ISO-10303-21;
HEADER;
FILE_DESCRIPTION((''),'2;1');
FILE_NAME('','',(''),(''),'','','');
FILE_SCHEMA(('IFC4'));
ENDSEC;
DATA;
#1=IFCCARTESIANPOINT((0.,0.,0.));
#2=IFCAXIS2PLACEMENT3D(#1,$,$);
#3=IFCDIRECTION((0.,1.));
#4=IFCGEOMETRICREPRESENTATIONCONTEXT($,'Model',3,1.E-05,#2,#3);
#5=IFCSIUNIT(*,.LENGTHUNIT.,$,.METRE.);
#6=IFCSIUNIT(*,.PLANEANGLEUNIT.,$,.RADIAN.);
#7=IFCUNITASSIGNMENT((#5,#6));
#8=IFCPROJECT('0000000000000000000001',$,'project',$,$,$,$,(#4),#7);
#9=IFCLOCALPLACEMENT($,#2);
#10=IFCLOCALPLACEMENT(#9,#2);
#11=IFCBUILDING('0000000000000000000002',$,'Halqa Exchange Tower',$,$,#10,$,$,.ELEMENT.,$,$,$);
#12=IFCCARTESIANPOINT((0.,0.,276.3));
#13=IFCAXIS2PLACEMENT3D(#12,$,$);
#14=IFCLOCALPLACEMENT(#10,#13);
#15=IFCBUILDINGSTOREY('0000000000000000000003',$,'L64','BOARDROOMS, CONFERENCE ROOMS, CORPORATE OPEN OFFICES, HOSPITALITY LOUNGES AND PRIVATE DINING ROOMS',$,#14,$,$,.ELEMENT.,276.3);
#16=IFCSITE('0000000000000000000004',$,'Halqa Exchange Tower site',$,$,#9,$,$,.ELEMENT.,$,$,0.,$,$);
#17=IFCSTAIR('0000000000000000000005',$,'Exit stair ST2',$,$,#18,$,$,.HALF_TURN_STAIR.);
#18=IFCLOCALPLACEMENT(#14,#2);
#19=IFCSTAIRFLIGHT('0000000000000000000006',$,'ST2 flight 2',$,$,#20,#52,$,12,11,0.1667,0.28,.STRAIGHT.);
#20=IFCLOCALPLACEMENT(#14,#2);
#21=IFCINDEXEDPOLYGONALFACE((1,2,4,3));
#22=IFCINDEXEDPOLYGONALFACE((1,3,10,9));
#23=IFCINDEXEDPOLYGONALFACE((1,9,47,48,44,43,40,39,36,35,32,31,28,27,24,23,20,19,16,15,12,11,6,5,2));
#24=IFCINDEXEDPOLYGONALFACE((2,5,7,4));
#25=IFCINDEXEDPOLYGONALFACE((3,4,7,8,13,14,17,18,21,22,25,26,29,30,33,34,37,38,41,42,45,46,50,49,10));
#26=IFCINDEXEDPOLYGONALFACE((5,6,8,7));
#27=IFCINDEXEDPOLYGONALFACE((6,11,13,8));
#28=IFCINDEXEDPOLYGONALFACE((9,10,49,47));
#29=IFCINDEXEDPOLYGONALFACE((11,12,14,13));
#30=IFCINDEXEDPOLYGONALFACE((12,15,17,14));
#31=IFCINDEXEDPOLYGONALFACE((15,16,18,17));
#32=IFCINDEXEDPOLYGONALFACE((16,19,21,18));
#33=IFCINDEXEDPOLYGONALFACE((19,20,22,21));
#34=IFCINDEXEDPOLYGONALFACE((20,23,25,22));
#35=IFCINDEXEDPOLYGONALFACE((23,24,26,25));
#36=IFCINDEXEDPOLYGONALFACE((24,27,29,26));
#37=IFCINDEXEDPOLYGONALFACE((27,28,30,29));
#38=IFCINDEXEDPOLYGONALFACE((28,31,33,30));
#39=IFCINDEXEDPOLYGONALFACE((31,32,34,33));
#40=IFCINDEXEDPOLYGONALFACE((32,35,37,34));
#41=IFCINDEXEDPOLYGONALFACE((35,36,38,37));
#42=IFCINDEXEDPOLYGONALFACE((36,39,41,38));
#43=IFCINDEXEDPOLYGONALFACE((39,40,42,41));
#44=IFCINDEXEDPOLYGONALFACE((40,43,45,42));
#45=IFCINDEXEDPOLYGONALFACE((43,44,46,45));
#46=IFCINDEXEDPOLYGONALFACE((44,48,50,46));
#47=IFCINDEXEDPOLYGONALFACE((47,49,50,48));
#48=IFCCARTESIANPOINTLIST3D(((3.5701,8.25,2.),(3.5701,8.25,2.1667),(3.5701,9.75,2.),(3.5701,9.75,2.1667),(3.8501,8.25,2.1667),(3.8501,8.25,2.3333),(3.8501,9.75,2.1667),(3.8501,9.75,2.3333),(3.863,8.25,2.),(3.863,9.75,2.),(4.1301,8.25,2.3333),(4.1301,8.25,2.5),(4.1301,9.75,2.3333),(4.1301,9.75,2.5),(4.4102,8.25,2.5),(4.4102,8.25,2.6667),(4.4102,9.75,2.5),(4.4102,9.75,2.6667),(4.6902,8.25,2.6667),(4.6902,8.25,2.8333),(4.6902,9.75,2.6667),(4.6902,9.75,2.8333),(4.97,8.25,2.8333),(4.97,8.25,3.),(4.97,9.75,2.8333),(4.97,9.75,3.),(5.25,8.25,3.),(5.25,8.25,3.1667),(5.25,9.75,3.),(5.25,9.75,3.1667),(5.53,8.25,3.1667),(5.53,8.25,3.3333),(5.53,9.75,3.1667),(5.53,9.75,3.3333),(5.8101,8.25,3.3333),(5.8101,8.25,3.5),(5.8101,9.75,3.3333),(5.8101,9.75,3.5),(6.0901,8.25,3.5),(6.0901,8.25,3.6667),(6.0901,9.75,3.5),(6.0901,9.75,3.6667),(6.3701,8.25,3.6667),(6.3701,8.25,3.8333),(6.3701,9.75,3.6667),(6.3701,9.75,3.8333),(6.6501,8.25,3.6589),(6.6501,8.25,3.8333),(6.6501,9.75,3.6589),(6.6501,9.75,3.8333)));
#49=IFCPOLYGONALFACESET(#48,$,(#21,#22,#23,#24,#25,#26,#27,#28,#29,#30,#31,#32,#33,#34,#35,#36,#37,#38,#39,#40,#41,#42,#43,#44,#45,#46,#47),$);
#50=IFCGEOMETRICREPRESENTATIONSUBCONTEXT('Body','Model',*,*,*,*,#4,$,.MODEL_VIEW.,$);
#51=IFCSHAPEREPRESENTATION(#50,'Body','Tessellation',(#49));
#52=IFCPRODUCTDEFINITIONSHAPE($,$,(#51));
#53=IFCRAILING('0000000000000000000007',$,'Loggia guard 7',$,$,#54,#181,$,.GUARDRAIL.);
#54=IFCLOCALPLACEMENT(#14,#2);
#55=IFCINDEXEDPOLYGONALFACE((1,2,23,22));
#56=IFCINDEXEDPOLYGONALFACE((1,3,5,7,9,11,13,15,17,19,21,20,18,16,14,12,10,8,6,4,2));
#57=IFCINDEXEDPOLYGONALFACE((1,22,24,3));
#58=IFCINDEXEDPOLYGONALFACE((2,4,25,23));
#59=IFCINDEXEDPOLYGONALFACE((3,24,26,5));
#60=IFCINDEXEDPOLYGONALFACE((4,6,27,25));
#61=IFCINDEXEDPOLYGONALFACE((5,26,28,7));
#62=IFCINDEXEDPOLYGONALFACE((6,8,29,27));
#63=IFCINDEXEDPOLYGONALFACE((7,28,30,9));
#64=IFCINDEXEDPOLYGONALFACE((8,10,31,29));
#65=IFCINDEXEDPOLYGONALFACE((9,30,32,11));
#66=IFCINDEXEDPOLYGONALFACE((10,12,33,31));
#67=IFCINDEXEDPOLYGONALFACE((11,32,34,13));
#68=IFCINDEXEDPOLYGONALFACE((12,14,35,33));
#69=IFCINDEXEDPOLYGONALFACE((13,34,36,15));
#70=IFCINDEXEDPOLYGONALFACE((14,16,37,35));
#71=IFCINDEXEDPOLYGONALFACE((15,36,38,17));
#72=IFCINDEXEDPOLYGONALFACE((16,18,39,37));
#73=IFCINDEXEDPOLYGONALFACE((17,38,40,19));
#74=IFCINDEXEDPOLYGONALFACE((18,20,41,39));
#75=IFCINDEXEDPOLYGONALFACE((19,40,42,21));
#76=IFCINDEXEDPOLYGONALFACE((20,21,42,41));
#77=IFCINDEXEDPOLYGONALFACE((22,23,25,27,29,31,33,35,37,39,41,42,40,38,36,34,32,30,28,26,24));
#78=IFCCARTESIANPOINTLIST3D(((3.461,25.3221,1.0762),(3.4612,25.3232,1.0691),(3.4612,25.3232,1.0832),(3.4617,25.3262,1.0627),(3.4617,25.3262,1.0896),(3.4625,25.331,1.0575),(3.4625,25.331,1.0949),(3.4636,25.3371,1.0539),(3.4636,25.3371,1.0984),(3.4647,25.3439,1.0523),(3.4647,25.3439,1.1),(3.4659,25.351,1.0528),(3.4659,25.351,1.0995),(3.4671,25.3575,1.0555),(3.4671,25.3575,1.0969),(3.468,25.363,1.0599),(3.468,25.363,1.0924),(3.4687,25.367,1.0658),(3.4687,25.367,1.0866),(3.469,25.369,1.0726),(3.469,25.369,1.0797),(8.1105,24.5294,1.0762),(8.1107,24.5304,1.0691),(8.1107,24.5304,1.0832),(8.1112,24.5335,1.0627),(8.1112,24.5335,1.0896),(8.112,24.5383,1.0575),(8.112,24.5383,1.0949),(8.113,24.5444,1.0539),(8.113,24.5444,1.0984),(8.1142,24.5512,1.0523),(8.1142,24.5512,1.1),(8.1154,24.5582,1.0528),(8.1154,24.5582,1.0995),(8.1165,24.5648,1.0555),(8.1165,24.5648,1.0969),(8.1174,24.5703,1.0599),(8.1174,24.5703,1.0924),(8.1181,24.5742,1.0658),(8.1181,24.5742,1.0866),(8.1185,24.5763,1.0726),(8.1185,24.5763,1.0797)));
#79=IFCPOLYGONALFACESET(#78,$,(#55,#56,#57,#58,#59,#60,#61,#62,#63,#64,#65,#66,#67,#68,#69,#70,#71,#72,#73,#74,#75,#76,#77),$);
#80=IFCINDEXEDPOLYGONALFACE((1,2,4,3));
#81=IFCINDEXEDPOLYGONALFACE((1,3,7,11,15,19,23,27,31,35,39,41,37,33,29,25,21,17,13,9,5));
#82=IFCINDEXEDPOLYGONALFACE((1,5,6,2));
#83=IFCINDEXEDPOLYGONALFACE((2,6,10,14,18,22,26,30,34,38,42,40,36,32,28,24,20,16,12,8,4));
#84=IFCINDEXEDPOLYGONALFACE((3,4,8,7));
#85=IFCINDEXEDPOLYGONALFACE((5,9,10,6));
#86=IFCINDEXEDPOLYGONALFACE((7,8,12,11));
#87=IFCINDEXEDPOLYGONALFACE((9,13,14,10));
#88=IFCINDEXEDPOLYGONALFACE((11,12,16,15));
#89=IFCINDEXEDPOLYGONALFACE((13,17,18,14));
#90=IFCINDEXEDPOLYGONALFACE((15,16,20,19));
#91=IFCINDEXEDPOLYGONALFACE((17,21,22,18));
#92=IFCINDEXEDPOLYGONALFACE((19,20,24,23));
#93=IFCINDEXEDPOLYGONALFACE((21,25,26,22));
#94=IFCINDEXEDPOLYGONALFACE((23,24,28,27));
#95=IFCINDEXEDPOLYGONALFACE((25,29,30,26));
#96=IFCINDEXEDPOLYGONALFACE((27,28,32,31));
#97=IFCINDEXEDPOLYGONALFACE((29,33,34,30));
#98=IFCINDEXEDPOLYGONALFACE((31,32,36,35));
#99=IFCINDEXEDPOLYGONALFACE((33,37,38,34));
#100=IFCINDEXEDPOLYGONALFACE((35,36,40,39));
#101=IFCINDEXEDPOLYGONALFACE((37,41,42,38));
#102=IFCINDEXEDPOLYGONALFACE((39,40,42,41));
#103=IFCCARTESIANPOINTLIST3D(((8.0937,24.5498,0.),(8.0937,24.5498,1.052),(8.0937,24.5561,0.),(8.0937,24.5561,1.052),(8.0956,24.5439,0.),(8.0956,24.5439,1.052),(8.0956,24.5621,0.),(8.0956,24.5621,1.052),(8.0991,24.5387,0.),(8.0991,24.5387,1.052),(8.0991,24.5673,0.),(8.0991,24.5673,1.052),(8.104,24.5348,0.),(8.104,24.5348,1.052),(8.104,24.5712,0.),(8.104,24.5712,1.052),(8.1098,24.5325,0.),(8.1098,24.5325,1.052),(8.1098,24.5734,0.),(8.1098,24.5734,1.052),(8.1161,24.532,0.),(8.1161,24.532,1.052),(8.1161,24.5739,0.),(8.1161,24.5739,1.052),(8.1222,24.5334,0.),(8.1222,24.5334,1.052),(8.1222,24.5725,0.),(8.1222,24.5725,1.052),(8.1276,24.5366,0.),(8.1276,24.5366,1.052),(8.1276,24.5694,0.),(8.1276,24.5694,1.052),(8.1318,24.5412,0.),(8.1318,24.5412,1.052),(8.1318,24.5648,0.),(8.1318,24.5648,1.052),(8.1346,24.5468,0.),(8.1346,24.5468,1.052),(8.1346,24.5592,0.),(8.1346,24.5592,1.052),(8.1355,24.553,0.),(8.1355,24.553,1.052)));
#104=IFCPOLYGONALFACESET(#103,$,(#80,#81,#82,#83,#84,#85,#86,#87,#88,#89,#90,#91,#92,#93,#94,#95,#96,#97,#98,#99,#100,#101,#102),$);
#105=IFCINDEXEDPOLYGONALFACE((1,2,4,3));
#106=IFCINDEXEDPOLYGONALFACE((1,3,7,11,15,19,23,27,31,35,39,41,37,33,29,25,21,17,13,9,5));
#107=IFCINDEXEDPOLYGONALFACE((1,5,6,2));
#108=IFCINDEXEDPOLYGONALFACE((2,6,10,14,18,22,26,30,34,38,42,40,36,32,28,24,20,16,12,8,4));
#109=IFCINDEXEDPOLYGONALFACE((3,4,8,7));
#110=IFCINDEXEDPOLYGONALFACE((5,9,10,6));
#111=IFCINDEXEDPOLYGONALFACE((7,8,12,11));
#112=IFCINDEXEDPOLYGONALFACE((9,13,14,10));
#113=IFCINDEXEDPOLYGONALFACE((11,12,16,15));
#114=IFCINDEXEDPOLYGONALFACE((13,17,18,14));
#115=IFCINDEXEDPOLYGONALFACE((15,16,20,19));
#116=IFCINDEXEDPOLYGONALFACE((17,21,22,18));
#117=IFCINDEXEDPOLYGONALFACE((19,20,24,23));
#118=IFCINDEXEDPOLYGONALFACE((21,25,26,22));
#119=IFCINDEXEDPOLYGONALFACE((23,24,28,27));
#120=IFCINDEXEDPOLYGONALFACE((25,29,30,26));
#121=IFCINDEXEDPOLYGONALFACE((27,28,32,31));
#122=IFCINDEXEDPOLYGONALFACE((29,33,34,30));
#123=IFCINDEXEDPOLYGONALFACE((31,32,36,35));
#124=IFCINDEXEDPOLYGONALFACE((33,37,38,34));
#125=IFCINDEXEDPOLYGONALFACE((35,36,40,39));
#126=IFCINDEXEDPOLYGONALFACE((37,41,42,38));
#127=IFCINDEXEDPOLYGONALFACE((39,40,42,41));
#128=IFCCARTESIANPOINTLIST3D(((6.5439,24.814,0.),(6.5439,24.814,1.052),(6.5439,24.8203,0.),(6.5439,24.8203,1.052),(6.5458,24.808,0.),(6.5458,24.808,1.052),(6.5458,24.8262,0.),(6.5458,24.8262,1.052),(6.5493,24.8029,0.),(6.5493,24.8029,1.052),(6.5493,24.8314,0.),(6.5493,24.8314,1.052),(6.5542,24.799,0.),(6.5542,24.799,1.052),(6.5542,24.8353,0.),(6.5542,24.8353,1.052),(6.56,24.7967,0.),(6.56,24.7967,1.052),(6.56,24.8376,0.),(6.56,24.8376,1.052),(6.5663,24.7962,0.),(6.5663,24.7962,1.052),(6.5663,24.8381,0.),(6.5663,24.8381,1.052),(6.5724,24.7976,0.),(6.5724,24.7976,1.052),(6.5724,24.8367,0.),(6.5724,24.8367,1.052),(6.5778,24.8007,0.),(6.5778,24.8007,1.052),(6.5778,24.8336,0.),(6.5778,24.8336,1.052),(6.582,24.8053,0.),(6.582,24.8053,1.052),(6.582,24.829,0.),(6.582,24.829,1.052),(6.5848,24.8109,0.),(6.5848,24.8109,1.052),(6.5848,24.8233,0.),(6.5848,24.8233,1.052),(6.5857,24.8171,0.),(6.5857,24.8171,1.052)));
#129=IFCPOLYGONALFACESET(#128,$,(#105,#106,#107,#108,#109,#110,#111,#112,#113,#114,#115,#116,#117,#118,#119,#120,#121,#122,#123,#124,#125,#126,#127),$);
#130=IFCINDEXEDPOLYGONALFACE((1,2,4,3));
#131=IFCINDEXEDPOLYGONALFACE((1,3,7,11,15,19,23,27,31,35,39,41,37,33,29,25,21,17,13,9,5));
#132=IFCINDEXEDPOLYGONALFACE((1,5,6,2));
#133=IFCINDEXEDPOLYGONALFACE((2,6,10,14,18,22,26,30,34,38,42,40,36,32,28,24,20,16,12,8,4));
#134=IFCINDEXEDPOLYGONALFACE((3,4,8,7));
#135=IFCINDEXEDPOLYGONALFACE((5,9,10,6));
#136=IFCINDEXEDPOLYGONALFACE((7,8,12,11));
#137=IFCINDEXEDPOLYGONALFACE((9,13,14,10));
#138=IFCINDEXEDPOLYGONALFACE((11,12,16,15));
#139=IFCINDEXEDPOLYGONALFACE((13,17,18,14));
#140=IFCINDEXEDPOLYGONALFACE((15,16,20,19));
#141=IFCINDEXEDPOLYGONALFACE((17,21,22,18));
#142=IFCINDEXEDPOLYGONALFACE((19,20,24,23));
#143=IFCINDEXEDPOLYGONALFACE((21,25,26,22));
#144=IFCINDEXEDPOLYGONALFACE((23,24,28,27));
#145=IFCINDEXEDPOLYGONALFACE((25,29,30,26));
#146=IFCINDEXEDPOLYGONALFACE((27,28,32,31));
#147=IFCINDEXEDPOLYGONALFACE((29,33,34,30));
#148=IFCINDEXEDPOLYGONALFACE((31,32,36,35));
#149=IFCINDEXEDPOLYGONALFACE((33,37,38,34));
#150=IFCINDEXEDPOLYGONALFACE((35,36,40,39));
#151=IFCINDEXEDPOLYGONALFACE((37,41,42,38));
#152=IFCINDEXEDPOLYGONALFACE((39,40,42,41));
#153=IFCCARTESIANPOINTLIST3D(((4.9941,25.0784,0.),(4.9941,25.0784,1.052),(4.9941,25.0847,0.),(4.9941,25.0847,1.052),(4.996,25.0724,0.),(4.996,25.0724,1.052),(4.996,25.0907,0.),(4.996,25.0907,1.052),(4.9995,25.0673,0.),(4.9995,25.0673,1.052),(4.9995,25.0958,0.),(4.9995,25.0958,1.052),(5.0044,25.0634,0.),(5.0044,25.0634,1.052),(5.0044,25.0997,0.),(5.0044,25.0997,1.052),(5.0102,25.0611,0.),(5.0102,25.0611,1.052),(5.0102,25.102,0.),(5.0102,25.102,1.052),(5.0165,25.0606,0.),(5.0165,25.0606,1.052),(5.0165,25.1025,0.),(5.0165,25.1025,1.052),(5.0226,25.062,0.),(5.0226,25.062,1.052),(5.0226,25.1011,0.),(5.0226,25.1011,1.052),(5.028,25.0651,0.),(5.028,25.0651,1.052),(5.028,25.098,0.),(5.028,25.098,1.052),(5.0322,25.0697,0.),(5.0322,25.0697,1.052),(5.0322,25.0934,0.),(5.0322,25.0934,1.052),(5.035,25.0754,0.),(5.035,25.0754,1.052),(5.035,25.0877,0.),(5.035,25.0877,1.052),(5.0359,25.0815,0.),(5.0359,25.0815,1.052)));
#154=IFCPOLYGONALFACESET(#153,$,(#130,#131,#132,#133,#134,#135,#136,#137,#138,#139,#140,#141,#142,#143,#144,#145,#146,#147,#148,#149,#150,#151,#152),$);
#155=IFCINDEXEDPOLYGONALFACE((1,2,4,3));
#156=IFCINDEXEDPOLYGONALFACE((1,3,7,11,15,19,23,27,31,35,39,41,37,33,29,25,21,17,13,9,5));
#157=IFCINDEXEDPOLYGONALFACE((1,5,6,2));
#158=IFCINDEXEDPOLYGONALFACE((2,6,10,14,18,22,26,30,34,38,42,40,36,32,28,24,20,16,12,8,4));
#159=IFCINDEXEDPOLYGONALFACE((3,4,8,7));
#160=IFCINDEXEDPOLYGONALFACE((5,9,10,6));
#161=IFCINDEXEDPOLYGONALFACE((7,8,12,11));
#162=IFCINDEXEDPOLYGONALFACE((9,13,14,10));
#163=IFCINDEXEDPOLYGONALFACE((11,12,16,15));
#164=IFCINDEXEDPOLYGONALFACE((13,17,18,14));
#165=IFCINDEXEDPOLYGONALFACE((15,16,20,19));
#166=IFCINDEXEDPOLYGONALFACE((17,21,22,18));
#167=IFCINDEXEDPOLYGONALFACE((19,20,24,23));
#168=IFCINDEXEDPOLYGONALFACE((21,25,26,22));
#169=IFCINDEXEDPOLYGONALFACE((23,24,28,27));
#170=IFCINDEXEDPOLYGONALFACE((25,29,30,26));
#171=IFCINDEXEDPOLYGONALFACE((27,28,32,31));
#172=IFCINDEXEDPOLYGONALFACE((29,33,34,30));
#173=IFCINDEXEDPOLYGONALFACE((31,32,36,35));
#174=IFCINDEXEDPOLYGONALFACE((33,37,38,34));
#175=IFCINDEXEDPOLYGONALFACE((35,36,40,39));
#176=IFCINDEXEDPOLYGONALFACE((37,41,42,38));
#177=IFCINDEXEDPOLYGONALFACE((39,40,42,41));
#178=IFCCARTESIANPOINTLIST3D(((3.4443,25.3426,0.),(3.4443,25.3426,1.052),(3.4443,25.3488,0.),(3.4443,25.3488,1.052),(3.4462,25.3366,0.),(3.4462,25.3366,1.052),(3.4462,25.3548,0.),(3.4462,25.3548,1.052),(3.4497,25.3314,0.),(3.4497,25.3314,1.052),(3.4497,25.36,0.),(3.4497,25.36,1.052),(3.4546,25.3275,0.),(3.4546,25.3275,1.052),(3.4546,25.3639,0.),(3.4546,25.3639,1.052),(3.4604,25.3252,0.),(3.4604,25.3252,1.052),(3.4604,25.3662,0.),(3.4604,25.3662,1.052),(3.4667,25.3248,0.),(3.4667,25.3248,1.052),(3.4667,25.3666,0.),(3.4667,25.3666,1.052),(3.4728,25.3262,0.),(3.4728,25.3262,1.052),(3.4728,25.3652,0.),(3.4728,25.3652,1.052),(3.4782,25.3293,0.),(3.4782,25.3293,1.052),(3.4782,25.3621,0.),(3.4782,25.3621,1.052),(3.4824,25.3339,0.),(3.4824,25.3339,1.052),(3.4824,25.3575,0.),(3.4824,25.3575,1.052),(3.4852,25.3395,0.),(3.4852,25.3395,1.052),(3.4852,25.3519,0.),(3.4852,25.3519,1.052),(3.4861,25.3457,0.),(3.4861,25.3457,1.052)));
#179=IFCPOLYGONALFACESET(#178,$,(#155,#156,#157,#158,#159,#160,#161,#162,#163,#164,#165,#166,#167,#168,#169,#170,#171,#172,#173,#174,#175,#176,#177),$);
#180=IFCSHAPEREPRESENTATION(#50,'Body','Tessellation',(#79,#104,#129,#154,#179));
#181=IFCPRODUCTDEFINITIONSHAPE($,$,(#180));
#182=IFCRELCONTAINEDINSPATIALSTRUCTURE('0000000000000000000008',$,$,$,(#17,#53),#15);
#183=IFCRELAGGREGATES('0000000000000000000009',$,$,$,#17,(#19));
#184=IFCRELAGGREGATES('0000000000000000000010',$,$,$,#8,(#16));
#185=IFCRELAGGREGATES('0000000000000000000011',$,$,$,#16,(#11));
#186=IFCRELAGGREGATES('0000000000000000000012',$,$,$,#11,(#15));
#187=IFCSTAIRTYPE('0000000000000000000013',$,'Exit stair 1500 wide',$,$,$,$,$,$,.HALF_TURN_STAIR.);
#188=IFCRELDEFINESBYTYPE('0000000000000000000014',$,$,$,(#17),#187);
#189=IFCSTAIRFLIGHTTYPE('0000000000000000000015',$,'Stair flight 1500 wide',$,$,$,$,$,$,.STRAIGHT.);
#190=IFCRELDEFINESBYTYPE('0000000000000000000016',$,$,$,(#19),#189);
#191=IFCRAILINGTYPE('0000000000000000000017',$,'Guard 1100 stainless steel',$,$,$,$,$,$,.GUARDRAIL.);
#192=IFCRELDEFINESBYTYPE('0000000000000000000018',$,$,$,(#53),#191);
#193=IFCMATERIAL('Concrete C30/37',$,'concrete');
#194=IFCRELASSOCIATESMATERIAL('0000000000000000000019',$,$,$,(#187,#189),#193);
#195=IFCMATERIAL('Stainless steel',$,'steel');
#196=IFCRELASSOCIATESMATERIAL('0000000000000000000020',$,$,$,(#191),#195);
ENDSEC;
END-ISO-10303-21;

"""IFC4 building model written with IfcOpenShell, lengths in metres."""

from ifc_helpers import new_model, si_unit, direction, frame, origin, origin_2d, place, context, subcontext, project, spatial, polyline, circle, outline, extrude, material, type_object, element, aggregate, save


model = new_model("IFC4")

# Units and contexts
model_context = context("Model", 3, precision=1e-05, world=origin(), true_north=direction((0.0, 1.0)))
body_context = subcontext(model_context, "Body", "Model", "MODEL_VIEW")
ifc_project = project(units=[si_unit("LENGTHUNIT", "METRE"), si_unit("PLANEANGLEUNIT", "RADIAN")], contexts=[model_context])

# Site, building, storey
site_placement = place(None, origin())
site = spatial("IfcSite", under=ifc_project, at=site_placement, Name="Halqa Exchange Tower site", CompositionType="ELEMENT", RefElevation=0.0)
building_placement = place(site_placement, origin())
building = spatial("IfcBuilding", under=site, at=building_placement, Name="Halqa Exchange Tower", CompositionType="ELEMENT")
storey_placement = place(building_placement, frame((0.0, 0.0, 276.3)))
storey = spatial("IfcBuildingStorey", under=building, at=storey_placement, Name="L64", Description="BOARDROOMS, CONFERENCE ROOMS, CORPORATE OPEN OFFICES, HOSPITALITY LOUNGES AND PRIVATE DINING ROOMS", CompositionType="ELEMENT", Elevation=276.3)

# Stair
ifc_material_1 = material(Name="Concrete C30/37", Category="concrete")
stair_type = type_object("IfcStairType", Name="Exit stair 1500 wide", PredefinedType="HALF_TURN_STAIR", material=ifc_material_1)
stair_1_placement = place(storey_placement, origin())
stair_1 = element("IfcStair", 1, at=stair_1_placement, inside=storey, type_object=stair_type, Name="Exit stair ST2", PredefinedType="HALF_TURN_STAIR")

# Stair flight
stair_flight_type = type_object("IfcStairFlightType", Name="Stair flight 1500 wide", PredefinedType="STRAIGHT", material=ifc_material_1)
stair_flight_1_placement = place(storey_placement, frame((3.5701, 9.0, 2.0), z_axis=(0.0, 0.0, 1.0), x_axis=(1.0, 0.0, 0.0)))
stair_flight_1 = element("IfcStairFlight", 2, at=stair_flight_1_placement, type_object=stair_flight_type, Name="ST2 flight 2", NumberOfRisers=12, NumberOfTreads=11, PredefinedType="STRAIGHT", RiserHeight=0.1667, TreadLength=0.28, context=body_context, shape_type="SweptSolid", body=[
    extrude(outline(polyline([(0.0, 0.0), (0.0, 0.1667), (0.28, 0.1667), (0.28, 0.3333), (0.5601, 0.3333), (0.5601, 0.5), (0.8401, 0.5), (0.8401, 0.6667), (1.1201, 0.6667), (1.1201, 0.8333), (1.3999, 0.8333), (1.3999, 1.0), (1.6799, 1.0), (1.6799, 1.1667), (1.96, 1.1667), (1.96, 1.3333), (2.24, 1.3333), (2.24, 1.5), (2.52, 1.5), (2.52, 1.6667), (2.8, 1.6667), (2.8, 1.8333), (3.0801, 1.8333), (3.0801, 2.0), (3.0801, 1.6589), (0.293, 0.0), (0.0, 0.0)])), frame((0.0, 0.75, 0.0), z_axis=(0.0, -1.0, 0.0), x_axis=(1.0, 0.0, 0.0)), (0.0, 0.0, 1.0), 1.5),
])
aggregate(stair_1, [stair_flight_1])

# Railing
ifc_material_2 = material(Name="Stainless steel", Category="steel")
railing_type_1 = type_object("IfcRailingType", Name="Guard 1100 stainless steel", PredefinedType="GUARDRAIL", material=ifc_material_2)
railing_1_placement = place(storey_placement, frame((8.1145, 24.553, 0.0)))
element("IfcRailing", 3, at=railing_1_placement, inside=storey, type_object=railing_type_1, Name="Loggia guard 7", PredefinedType="GUARDRAIL", context=body_context, shape_type="SweptSolid", body=[
    extrude(circle(Radius=0.0239, at=origin_2d()), frame((0.0, 0.0, 1.0762), z_axis=(-0.985774, 0.168074, 0.0), x_axis=(-0.168074, -0.985774, 0.0)), (0.0, 0.0, 1.0), 4.7166),
    extrude(circle(Radius=0.021, at=origin_2d()), origin(), (0.0, 0.0, 1.0), 1.052),
    extrude(circle(Radius=0.021, at=origin_2d()), frame((-1.5498, 0.2642, 0.0)), (0.0, 0.0, 1.0), 1.052),
    extrude(circle(Radius=0.021, at=origin_2d()), frame((-3.0996, 0.5286, 0.0)), (0.0, 0.0, 1.0), 1.052),
    extrude(circle(Radius=0.021, at=origin_2d()), frame((-4.6494, 0.7927, 0.0)), (0.0, 0.0, 1.0), 1.052),
])

save(model, "model.ifc")
